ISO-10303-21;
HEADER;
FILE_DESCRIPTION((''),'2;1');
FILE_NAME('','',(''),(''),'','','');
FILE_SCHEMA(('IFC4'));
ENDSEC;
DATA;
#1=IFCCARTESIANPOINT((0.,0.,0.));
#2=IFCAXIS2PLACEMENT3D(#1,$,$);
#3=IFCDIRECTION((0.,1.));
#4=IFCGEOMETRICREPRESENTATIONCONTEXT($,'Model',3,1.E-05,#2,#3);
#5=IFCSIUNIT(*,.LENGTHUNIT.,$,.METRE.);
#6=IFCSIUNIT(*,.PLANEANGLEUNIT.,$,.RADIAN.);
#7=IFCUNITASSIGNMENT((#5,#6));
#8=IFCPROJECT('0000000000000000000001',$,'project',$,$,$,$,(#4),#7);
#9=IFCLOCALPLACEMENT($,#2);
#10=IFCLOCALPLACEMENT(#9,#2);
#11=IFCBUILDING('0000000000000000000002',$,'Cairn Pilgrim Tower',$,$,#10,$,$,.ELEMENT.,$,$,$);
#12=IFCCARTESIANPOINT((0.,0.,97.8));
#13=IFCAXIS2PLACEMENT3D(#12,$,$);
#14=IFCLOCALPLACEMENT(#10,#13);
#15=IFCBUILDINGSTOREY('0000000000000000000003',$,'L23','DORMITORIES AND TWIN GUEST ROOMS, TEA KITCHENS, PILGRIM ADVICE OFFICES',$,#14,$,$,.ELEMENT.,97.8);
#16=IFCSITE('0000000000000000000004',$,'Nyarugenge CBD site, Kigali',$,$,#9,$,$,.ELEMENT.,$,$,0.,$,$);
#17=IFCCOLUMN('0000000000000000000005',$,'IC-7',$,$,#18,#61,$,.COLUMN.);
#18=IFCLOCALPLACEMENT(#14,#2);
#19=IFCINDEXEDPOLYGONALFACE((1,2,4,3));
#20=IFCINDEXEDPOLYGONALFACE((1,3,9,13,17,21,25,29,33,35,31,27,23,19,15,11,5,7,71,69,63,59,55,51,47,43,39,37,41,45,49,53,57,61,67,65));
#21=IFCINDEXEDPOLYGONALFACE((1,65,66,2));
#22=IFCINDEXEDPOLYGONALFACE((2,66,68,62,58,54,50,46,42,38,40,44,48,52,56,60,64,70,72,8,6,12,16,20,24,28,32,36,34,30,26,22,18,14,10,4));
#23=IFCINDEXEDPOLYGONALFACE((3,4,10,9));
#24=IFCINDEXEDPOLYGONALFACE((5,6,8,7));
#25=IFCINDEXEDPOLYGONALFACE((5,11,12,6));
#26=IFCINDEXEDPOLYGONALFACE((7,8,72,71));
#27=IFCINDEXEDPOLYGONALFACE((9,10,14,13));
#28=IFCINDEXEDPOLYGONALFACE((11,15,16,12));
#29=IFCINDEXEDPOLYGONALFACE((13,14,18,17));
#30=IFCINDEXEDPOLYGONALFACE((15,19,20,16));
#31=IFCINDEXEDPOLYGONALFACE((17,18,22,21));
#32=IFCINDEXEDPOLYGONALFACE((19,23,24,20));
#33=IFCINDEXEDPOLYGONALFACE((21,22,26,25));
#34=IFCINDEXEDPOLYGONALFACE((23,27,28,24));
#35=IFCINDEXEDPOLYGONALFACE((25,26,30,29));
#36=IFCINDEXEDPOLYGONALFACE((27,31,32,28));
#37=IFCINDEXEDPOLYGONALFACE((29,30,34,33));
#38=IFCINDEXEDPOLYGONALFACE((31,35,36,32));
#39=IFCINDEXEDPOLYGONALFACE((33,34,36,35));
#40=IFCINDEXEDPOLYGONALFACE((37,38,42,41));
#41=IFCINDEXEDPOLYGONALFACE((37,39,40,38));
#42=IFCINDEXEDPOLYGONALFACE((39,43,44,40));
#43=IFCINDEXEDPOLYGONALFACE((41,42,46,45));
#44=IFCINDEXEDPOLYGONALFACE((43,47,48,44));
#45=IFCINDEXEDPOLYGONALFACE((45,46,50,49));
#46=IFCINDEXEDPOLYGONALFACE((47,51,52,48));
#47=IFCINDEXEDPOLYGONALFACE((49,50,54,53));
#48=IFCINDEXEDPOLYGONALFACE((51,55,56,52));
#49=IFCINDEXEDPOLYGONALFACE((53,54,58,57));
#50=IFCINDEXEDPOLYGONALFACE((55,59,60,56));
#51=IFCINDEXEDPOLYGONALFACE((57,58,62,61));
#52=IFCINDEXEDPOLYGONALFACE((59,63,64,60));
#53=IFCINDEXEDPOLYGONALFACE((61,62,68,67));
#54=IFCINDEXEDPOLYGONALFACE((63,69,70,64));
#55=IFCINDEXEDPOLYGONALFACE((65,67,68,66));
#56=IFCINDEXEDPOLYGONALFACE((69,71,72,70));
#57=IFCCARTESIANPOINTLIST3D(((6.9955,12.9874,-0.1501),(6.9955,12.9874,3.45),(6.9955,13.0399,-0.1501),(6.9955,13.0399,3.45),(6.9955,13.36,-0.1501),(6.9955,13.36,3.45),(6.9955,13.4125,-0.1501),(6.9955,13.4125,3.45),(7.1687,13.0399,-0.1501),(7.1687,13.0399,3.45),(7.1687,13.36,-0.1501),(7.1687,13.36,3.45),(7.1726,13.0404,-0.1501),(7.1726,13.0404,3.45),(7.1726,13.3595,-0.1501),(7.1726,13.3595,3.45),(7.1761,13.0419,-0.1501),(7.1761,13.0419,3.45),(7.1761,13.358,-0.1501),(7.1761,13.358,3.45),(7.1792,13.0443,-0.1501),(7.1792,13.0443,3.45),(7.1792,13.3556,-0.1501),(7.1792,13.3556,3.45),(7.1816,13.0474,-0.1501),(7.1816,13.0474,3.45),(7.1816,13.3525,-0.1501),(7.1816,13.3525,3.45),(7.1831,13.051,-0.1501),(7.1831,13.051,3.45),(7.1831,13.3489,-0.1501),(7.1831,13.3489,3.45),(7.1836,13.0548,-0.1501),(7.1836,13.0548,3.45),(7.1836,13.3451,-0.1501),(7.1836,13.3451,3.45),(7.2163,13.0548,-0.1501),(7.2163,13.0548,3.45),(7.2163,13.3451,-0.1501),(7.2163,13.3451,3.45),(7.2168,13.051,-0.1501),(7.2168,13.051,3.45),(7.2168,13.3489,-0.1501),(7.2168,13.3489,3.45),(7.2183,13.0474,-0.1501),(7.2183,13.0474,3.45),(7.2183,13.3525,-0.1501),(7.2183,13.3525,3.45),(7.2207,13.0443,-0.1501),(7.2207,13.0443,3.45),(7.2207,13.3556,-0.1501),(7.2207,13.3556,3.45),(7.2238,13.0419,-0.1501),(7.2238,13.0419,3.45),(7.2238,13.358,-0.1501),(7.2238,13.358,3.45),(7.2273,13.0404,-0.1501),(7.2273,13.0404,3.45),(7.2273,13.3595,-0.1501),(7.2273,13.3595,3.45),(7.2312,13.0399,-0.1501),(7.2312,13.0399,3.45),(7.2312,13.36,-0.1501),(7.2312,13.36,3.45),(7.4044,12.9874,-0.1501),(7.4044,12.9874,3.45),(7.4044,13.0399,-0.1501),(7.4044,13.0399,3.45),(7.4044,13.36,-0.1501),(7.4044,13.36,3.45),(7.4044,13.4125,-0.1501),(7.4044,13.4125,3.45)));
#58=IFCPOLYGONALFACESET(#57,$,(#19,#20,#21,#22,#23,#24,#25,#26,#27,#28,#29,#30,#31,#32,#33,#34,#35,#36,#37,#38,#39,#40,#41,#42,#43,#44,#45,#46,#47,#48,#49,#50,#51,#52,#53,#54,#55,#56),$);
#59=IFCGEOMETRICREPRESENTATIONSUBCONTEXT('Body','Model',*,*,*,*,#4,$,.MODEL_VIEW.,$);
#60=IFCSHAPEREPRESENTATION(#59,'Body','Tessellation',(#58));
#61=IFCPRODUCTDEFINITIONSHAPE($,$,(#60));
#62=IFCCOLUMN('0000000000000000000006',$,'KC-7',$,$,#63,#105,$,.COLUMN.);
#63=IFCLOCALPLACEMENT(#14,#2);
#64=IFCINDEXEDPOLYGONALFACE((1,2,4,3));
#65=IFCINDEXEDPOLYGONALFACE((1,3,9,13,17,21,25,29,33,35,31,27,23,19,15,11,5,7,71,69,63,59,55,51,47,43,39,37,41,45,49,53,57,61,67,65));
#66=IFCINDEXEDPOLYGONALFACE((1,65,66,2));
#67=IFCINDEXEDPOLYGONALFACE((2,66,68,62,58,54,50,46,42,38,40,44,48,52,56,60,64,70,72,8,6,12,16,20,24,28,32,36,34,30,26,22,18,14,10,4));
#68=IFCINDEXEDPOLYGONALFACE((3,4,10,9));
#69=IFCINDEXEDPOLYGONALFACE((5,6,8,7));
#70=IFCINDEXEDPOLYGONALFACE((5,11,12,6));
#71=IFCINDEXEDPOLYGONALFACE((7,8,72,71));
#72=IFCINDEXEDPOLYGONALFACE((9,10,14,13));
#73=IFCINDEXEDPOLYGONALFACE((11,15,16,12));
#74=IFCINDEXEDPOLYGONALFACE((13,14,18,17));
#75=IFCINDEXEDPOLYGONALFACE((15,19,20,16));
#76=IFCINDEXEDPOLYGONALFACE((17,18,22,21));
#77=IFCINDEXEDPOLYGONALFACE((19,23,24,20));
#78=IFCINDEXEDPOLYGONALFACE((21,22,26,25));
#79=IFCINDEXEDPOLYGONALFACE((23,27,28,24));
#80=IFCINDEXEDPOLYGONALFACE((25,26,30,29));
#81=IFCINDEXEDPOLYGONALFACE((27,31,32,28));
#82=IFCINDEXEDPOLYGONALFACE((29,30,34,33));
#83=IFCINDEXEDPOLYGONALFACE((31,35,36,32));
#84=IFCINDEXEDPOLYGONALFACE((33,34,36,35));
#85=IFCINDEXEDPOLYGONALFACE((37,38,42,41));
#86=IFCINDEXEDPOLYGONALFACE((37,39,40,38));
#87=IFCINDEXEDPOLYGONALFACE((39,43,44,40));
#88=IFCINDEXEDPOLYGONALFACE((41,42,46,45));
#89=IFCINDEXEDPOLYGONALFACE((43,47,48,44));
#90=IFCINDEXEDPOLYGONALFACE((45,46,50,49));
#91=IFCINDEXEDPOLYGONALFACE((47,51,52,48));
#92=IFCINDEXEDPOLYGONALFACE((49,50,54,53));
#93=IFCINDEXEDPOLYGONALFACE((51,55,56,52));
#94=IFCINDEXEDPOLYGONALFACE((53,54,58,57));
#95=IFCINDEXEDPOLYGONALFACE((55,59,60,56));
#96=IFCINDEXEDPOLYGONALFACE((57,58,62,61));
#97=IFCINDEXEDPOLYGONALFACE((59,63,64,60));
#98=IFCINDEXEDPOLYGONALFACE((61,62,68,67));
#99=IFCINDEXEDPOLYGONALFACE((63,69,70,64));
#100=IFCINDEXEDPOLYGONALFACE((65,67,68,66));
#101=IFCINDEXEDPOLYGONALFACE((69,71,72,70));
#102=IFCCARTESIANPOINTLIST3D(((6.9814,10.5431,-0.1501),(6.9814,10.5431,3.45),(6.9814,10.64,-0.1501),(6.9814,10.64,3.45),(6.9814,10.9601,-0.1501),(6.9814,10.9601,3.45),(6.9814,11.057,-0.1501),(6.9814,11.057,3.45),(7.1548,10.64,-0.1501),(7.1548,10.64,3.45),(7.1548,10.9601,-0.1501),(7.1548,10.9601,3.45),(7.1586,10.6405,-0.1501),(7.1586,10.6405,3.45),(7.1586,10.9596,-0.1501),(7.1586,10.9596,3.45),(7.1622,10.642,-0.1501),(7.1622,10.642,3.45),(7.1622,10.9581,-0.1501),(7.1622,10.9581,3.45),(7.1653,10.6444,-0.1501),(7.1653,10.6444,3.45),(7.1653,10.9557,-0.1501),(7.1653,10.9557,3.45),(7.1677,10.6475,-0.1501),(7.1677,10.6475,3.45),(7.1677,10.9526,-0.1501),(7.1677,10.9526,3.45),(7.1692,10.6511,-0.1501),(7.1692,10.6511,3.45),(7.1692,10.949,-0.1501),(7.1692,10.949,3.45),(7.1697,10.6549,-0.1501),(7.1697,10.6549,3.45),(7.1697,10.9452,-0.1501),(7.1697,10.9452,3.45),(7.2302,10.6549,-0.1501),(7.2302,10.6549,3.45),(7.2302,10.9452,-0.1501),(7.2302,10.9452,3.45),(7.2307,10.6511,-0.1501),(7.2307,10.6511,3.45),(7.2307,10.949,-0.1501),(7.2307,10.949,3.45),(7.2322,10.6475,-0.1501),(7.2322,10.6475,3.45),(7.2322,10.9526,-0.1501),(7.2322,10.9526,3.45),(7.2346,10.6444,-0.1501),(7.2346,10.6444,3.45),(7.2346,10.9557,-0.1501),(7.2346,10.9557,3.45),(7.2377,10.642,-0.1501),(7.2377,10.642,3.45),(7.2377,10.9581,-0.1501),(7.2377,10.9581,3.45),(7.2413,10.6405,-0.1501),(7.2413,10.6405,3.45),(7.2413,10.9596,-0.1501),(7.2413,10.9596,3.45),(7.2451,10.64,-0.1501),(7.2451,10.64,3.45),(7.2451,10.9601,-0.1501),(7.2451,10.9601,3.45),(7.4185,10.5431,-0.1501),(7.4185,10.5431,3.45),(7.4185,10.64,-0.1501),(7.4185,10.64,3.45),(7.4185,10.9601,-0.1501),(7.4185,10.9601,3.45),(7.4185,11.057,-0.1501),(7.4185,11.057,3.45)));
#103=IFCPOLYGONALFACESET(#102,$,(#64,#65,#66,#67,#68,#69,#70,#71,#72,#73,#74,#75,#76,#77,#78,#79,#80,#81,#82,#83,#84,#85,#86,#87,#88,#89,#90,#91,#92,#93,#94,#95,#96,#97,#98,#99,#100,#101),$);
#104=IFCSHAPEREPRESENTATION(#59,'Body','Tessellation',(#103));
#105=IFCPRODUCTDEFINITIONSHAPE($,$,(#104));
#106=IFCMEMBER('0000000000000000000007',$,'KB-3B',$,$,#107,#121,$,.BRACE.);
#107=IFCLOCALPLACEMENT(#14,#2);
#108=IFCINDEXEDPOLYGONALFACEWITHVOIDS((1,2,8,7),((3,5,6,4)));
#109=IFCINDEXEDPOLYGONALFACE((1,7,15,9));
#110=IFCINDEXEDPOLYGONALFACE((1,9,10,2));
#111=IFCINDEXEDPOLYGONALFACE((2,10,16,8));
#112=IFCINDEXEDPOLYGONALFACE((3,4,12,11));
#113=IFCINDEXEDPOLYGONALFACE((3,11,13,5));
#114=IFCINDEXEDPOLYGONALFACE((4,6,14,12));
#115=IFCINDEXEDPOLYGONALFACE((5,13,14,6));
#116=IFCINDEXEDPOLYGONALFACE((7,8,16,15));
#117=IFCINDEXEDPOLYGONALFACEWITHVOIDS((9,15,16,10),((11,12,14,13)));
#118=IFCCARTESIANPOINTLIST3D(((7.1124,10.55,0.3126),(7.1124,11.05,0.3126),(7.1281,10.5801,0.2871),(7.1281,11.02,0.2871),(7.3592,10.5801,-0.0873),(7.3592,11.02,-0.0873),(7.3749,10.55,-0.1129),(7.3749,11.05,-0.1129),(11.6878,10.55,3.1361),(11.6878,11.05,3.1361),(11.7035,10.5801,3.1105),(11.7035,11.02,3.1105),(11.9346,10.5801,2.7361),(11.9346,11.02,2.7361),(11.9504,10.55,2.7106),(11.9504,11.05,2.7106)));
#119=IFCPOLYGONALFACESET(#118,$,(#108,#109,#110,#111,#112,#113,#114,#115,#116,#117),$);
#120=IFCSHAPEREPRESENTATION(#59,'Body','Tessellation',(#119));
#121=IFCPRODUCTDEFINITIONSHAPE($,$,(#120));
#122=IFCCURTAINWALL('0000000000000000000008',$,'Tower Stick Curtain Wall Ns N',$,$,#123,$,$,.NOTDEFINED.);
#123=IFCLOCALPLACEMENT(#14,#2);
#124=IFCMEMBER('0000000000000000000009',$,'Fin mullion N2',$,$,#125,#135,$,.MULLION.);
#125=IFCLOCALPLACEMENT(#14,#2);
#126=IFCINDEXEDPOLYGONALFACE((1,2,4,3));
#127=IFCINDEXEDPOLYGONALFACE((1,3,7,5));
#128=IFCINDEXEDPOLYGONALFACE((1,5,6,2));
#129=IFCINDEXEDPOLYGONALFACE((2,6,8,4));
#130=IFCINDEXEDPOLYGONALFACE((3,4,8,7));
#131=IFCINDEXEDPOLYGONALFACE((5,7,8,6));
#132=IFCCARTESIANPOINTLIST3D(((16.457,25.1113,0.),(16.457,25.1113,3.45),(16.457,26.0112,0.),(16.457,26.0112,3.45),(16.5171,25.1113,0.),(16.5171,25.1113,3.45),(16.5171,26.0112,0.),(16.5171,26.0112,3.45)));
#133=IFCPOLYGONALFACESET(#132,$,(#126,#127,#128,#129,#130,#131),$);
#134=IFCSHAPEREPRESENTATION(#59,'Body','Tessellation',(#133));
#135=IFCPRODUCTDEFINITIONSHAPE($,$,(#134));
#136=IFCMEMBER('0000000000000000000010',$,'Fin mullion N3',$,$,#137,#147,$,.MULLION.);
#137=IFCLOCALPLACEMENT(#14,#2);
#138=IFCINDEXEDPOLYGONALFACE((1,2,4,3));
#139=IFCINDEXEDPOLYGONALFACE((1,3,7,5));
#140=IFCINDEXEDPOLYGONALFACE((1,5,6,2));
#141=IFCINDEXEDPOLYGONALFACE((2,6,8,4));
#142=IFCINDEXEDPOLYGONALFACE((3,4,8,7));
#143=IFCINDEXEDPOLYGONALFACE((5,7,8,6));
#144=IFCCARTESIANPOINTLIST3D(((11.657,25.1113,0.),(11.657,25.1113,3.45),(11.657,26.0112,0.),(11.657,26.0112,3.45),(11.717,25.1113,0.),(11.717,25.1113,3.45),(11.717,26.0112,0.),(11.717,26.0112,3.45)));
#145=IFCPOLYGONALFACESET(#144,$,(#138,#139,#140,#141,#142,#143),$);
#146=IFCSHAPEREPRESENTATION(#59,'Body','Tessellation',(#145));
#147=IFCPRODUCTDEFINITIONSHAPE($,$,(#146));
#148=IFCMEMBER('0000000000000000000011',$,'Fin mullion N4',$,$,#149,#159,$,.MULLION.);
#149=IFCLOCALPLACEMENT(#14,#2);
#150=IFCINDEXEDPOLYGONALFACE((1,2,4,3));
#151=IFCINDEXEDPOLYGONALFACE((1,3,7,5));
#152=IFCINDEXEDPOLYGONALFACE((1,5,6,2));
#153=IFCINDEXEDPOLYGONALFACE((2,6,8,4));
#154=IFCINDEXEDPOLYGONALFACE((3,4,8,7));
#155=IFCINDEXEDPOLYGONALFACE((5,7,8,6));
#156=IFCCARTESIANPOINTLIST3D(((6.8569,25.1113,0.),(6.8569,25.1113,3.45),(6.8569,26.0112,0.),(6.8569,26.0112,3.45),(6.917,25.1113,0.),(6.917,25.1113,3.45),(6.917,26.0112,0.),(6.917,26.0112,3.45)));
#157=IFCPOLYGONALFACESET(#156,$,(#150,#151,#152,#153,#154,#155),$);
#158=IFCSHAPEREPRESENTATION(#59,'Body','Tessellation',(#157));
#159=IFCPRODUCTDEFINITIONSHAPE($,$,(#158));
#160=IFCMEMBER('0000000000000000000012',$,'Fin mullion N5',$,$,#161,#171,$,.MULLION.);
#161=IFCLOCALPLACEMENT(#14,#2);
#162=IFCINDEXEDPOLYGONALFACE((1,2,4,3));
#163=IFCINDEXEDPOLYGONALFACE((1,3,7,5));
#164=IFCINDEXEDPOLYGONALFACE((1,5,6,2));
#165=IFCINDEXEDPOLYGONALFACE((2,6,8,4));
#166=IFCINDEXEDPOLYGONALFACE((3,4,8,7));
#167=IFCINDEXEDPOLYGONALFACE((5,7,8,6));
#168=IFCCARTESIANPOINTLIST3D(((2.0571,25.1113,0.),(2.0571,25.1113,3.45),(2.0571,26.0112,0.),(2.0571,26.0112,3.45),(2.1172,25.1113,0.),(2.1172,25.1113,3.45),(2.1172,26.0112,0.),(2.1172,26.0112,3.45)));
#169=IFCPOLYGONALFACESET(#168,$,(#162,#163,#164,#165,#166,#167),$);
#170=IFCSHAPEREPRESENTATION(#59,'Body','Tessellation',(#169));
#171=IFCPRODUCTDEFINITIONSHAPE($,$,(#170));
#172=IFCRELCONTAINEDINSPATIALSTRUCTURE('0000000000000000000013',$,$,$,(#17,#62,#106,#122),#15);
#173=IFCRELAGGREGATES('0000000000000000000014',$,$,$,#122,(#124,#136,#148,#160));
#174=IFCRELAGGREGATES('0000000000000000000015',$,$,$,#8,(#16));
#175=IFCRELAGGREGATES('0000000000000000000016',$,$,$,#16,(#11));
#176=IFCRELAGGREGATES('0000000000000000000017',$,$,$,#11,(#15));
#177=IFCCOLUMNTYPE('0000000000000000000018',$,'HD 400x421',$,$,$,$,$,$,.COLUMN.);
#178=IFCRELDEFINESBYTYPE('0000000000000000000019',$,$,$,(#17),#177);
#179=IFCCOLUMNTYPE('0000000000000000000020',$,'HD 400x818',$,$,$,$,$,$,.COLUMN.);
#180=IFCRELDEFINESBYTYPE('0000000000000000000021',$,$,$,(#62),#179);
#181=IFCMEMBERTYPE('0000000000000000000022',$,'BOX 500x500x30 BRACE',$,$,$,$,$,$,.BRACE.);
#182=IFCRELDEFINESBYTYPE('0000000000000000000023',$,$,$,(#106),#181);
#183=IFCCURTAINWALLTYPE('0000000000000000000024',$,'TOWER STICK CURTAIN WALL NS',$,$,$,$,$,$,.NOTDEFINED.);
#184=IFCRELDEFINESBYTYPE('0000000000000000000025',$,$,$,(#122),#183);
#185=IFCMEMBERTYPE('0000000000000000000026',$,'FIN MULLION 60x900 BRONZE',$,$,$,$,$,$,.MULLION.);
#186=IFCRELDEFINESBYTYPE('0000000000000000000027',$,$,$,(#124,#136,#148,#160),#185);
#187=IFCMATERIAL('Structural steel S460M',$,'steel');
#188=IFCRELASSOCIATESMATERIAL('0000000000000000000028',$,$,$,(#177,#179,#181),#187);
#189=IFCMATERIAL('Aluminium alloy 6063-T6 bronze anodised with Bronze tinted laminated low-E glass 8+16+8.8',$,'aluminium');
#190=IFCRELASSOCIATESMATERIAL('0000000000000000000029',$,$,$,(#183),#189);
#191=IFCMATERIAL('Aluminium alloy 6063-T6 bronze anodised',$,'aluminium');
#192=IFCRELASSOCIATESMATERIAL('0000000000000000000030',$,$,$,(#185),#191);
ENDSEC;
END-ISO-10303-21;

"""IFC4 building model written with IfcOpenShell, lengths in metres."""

from ifc_helpers import new_model, si_unit, direction, frame, origin, origin_2d, place, context, subcontext, project, spatial, rectangle, hollow_rectangle, i_section, extrude, material, material_profile, profile_set, type_object, element, aggregate, save


model = new_model("IFC4")

# Units and contexts
model_context = context("Model", 3, precision=1e-05, world=origin(), true_north=direction((0.0, 1.0)))
body_context = subcontext(model_context, "Body", "Model", "MODEL_VIEW")
ifc_project = project(units=[si_unit("LENGTHUNIT", "METRE"), si_unit("PLANEANGLEUNIT", "RADIAN")], contexts=[model_context])

# Site, building, storey
site_placement = place(None, origin())
site = spatial("IfcSite", under=ifc_project, at=site_placement, Name="Nyarugenge CBD site, Kigali", CompositionType="ELEMENT", RefElevation=0.0)
building_placement = place(site_placement, origin())
building = spatial("IfcBuilding", under=site, at=building_placement, Name="Cairn Pilgrim Tower", CompositionType="ELEMENT")
storey_placement = place(building_placement, frame((0.0, 0.0, 97.8)))
storey = spatial("IfcBuildingStorey", under=building, at=storey_placement, Name="L23", Description="DORMITORIES AND TWIN GUEST ROOMS, TEA KITCHENS, PILGRIM ADVICE OFFICES", CompositionType="ELEMENT", Elevation=97.8)

# Columns
ifc_material_1 = material(Name="Structural steel S460M", Category="steel")
ifc_material_profile_1 = material_profile(ifc_material_1, i_section(OverallWidth=0.4089, OverallDepth=0.425, WebThickness=0.0327, FlangeThickness=0.0525, FilletRadius=0.0149, at=origin_2d()), Name="HD 400x421")
ifc_profile_set_1 = profile_set([ifc_material_profile_1], Name="Structural steel S460M")
column_type_1 = type_object("IfcColumnType", Name="HD 400x421", PredefinedType="COLUMN", material=ifc_profile_set_1)
column_1_placement = place(storey_placement, frame((7.2, 13.2, -0.1501), z_axis=(0.0, 0.0, 1.0), x_axis=(1.0, 0.0, 0.0)))
element("IfcColumn", 1, at=column_1_placement, inside=storey, type_object=column_type_1, Name="IC-7", PredefinedType="COLUMN", context=body_context, shape_type="SweptSolid", body=[
    extrude(i_section(OverallWidth=0.4089, OverallDepth=0.425, WebThickness=0.0327, FlangeThickness=0.0525, FilletRadius=0.0149, at=origin_2d()), origin(), (0.0, 0.0, 1.0), 3.6001),
])
ifc_material_profile_2 = material_profile(ifc_material_1, i_section(OverallWidth=0.437, OverallDepth=0.5139, WebThickness=0.0605, FlangeThickness=0.0969, FilletRadius=0.0149, at=origin_2d()), Name="HD 400x818")
ifc_profile_set_2 = profile_set([ifc_material_profile_2], Name="Structural steel S460M")
column_type_2 = type_object("IfcColumnType", Name="HD 400x818", PredefinedType="COLUMN", material=ifc_profile_set_2)
column_2_placement = place(storey_placement, frame((7.2, 10.8, -0.1501), z_axis=(0.0, 0.0, 1.0), x_axis=(1.0, 0.0, 0.0)))
element("IfcColumn", 2, at=column_2_placement, inside=storey, type_object=column_type_2, Name="KC-7", PredefinedType="COLUMN", context=body_context, shape_type="SweptSolid", body=[
    extrude(i_section(OverallWidth=0.437, OverallDepth=0.5139, WebThickness=0.0605, FlangeThickness=0.0969, FilletRadius=0.0149, at=origin_2d()), origin(), (0.0, 0.0, 1.0), 3.6001),
])

# Member
ifc_material_profile_3 = material_profile(ifc_material_1, hollow_rectangle(XDim=0.5, YDim=0.5, WallThickness=0.03, at=origin_2d()), Name="BOX 500x500x30")
ifc_profile_set_3 = profile_set([ifc_material_profile_3], Name="Structural steel S460M")
member_type_1 = type_object("IfcMemberType", Name="BOX 500x500x30 BRACE", PredefinedType="BRACE", material=ifc_profile_set_3)
member_1_placement = place(storey_placement, frame((7.2437, 10.8, 0.0999), z_axis=(0.851008, 0.0, 0.525154), x_axis=(0.0, 1.0, 0.0)))
element("IfcMember", 3, at=member_1_placement, inside=storey, type_object=member_type_1, Name="KB-3B", PredefinedType="BRACE", context=body_context, shape_type="SweptSolid", body=[
    extrude(hollow_rectangle(XDim=0.5, YDim=0.5, WallThickness=0.03, at=origin_2d()), origin(), (0.0, 0.0, 1.0), 5.3765),
])

# Curtain wall, members
ifc_material_2 = material(Name="Aluminium alloy 6063-T6 bronze anodised with Bronze tinted laminated low-E glass 8+16+8.8", Category="aluminium")
curtain_wall_type = type_object("IfcCurtainWallType", Name="TOWER STICK CURTAIN WALL NS", PredefinedType="NOTDEFINED", material=ifc_material_2)
curtain_wall_placement = place(storey_placement, origin())
curtain_wall = element("IfcCurtainWall", 4, at=curtain_wall_placement, inside=storey, type_object=curtain_wall_type, Name="Tower Stick Curtain Wall Ns N", PredefinedType="NOTDEFINED")
ifc_material_3 = material(Name="Aluminium alloy 6063-T6 bronze anodised", Category="aluminium")
ifc_material_profile_4 = material_profile(ifc_material_3, rectangle(XDim=0.8999, YDim=0.0601, at=origin_2d()), Name="FIN MULLION 60x900 BRONZE")
ifc_profile_set_4 = profile_set([ifc_material_profile_4], Name="Aluminium alloy 6063-T6 bronze anodised")
member_type_2 = type_object("IfcMemberType", Name="FIN MULLION 60x900 BRONZE", PredefinedType="MULLION", material=ifc_profile_set_4)
member_2_placement = place(storey_placement, frame((16.4871, 25.5613, 0.0), z_axis=(0.0, 0.0, 1.0), x_axis=(0.0, 1.0, 0.0)))
member_2 = element("IfcMember", 5, at=member_2_placement, type_object=member_type_2, Name="Fin mullion N2", PredefinedType="MULLION", context=body_context, shape_type="SweptSolid", body=[
    extrude(rectangle(XDim=0.8999, YDim=0.0601, at=origin_2d()), origin(), (0.0, 0.0, 1.0), 3.45),
])
member_3_placement = place(storey_placement, frame((11.687, 25.5613, 0.0), z_axis=(0.0, 0.0, 1.0), x_axis=(0.0, 1.0, 0.0)))
member_3 = element("IfcMember", 6, at=member_3_placement, type_object=member_type_2, Name="Fin mullion N3", PredefinedType="MULLION", context=body_context, shape_type="SweptSolid", body=[
    extrude(rectangle(XDim=0.8999, YDim=0.0601, at=origin_2d()), origin(), (0.0, 0.0, 1.0), 3.45),
])
member_4_placement = place(storey_placement, frame((6.887, 25.5613, 0.0), z_axis=(0.0, 0.0, 1.0), x_axis=(0.0, 1.0, 0.0)))
member_4 = element("IfcMember", 7, at=member_4_placement, type_object=member_type_2, Name="Fin mullion N4", PredefinedType="MULLION", context=body_context, shape_type="SweptSolid", body=[
    extrude(rectangle(XDim=0.8999, YDim=0.0601, at=origin_2d()), origin(), (0.0, 0.0, 1.0), 3.45),
])
member_5_placement = place(storey_placement, frame((2.0872, 25.5613, 0.0), z_axis=(0.0, 0.0, 1.0), x_axis=(0.0, 1.0, 0.0)))
member_5 = element("IfcMember", 8, at=member_5_placement, type_object=member_type_2, Name="Fin mullion N5", PredefinedType="MULLION", context=body_context, shape_type="SweptSolid", body=[
    extrude(rectangle(XDim=0.8999, YDim=0.0601, at=origin_2d()), origin(), (0.0, 0.0, 1.0), 3.45),
])

aggregate(curtain_wall, [member_2, member_3, member_4, member_5])

save(model, "model.ifc")
